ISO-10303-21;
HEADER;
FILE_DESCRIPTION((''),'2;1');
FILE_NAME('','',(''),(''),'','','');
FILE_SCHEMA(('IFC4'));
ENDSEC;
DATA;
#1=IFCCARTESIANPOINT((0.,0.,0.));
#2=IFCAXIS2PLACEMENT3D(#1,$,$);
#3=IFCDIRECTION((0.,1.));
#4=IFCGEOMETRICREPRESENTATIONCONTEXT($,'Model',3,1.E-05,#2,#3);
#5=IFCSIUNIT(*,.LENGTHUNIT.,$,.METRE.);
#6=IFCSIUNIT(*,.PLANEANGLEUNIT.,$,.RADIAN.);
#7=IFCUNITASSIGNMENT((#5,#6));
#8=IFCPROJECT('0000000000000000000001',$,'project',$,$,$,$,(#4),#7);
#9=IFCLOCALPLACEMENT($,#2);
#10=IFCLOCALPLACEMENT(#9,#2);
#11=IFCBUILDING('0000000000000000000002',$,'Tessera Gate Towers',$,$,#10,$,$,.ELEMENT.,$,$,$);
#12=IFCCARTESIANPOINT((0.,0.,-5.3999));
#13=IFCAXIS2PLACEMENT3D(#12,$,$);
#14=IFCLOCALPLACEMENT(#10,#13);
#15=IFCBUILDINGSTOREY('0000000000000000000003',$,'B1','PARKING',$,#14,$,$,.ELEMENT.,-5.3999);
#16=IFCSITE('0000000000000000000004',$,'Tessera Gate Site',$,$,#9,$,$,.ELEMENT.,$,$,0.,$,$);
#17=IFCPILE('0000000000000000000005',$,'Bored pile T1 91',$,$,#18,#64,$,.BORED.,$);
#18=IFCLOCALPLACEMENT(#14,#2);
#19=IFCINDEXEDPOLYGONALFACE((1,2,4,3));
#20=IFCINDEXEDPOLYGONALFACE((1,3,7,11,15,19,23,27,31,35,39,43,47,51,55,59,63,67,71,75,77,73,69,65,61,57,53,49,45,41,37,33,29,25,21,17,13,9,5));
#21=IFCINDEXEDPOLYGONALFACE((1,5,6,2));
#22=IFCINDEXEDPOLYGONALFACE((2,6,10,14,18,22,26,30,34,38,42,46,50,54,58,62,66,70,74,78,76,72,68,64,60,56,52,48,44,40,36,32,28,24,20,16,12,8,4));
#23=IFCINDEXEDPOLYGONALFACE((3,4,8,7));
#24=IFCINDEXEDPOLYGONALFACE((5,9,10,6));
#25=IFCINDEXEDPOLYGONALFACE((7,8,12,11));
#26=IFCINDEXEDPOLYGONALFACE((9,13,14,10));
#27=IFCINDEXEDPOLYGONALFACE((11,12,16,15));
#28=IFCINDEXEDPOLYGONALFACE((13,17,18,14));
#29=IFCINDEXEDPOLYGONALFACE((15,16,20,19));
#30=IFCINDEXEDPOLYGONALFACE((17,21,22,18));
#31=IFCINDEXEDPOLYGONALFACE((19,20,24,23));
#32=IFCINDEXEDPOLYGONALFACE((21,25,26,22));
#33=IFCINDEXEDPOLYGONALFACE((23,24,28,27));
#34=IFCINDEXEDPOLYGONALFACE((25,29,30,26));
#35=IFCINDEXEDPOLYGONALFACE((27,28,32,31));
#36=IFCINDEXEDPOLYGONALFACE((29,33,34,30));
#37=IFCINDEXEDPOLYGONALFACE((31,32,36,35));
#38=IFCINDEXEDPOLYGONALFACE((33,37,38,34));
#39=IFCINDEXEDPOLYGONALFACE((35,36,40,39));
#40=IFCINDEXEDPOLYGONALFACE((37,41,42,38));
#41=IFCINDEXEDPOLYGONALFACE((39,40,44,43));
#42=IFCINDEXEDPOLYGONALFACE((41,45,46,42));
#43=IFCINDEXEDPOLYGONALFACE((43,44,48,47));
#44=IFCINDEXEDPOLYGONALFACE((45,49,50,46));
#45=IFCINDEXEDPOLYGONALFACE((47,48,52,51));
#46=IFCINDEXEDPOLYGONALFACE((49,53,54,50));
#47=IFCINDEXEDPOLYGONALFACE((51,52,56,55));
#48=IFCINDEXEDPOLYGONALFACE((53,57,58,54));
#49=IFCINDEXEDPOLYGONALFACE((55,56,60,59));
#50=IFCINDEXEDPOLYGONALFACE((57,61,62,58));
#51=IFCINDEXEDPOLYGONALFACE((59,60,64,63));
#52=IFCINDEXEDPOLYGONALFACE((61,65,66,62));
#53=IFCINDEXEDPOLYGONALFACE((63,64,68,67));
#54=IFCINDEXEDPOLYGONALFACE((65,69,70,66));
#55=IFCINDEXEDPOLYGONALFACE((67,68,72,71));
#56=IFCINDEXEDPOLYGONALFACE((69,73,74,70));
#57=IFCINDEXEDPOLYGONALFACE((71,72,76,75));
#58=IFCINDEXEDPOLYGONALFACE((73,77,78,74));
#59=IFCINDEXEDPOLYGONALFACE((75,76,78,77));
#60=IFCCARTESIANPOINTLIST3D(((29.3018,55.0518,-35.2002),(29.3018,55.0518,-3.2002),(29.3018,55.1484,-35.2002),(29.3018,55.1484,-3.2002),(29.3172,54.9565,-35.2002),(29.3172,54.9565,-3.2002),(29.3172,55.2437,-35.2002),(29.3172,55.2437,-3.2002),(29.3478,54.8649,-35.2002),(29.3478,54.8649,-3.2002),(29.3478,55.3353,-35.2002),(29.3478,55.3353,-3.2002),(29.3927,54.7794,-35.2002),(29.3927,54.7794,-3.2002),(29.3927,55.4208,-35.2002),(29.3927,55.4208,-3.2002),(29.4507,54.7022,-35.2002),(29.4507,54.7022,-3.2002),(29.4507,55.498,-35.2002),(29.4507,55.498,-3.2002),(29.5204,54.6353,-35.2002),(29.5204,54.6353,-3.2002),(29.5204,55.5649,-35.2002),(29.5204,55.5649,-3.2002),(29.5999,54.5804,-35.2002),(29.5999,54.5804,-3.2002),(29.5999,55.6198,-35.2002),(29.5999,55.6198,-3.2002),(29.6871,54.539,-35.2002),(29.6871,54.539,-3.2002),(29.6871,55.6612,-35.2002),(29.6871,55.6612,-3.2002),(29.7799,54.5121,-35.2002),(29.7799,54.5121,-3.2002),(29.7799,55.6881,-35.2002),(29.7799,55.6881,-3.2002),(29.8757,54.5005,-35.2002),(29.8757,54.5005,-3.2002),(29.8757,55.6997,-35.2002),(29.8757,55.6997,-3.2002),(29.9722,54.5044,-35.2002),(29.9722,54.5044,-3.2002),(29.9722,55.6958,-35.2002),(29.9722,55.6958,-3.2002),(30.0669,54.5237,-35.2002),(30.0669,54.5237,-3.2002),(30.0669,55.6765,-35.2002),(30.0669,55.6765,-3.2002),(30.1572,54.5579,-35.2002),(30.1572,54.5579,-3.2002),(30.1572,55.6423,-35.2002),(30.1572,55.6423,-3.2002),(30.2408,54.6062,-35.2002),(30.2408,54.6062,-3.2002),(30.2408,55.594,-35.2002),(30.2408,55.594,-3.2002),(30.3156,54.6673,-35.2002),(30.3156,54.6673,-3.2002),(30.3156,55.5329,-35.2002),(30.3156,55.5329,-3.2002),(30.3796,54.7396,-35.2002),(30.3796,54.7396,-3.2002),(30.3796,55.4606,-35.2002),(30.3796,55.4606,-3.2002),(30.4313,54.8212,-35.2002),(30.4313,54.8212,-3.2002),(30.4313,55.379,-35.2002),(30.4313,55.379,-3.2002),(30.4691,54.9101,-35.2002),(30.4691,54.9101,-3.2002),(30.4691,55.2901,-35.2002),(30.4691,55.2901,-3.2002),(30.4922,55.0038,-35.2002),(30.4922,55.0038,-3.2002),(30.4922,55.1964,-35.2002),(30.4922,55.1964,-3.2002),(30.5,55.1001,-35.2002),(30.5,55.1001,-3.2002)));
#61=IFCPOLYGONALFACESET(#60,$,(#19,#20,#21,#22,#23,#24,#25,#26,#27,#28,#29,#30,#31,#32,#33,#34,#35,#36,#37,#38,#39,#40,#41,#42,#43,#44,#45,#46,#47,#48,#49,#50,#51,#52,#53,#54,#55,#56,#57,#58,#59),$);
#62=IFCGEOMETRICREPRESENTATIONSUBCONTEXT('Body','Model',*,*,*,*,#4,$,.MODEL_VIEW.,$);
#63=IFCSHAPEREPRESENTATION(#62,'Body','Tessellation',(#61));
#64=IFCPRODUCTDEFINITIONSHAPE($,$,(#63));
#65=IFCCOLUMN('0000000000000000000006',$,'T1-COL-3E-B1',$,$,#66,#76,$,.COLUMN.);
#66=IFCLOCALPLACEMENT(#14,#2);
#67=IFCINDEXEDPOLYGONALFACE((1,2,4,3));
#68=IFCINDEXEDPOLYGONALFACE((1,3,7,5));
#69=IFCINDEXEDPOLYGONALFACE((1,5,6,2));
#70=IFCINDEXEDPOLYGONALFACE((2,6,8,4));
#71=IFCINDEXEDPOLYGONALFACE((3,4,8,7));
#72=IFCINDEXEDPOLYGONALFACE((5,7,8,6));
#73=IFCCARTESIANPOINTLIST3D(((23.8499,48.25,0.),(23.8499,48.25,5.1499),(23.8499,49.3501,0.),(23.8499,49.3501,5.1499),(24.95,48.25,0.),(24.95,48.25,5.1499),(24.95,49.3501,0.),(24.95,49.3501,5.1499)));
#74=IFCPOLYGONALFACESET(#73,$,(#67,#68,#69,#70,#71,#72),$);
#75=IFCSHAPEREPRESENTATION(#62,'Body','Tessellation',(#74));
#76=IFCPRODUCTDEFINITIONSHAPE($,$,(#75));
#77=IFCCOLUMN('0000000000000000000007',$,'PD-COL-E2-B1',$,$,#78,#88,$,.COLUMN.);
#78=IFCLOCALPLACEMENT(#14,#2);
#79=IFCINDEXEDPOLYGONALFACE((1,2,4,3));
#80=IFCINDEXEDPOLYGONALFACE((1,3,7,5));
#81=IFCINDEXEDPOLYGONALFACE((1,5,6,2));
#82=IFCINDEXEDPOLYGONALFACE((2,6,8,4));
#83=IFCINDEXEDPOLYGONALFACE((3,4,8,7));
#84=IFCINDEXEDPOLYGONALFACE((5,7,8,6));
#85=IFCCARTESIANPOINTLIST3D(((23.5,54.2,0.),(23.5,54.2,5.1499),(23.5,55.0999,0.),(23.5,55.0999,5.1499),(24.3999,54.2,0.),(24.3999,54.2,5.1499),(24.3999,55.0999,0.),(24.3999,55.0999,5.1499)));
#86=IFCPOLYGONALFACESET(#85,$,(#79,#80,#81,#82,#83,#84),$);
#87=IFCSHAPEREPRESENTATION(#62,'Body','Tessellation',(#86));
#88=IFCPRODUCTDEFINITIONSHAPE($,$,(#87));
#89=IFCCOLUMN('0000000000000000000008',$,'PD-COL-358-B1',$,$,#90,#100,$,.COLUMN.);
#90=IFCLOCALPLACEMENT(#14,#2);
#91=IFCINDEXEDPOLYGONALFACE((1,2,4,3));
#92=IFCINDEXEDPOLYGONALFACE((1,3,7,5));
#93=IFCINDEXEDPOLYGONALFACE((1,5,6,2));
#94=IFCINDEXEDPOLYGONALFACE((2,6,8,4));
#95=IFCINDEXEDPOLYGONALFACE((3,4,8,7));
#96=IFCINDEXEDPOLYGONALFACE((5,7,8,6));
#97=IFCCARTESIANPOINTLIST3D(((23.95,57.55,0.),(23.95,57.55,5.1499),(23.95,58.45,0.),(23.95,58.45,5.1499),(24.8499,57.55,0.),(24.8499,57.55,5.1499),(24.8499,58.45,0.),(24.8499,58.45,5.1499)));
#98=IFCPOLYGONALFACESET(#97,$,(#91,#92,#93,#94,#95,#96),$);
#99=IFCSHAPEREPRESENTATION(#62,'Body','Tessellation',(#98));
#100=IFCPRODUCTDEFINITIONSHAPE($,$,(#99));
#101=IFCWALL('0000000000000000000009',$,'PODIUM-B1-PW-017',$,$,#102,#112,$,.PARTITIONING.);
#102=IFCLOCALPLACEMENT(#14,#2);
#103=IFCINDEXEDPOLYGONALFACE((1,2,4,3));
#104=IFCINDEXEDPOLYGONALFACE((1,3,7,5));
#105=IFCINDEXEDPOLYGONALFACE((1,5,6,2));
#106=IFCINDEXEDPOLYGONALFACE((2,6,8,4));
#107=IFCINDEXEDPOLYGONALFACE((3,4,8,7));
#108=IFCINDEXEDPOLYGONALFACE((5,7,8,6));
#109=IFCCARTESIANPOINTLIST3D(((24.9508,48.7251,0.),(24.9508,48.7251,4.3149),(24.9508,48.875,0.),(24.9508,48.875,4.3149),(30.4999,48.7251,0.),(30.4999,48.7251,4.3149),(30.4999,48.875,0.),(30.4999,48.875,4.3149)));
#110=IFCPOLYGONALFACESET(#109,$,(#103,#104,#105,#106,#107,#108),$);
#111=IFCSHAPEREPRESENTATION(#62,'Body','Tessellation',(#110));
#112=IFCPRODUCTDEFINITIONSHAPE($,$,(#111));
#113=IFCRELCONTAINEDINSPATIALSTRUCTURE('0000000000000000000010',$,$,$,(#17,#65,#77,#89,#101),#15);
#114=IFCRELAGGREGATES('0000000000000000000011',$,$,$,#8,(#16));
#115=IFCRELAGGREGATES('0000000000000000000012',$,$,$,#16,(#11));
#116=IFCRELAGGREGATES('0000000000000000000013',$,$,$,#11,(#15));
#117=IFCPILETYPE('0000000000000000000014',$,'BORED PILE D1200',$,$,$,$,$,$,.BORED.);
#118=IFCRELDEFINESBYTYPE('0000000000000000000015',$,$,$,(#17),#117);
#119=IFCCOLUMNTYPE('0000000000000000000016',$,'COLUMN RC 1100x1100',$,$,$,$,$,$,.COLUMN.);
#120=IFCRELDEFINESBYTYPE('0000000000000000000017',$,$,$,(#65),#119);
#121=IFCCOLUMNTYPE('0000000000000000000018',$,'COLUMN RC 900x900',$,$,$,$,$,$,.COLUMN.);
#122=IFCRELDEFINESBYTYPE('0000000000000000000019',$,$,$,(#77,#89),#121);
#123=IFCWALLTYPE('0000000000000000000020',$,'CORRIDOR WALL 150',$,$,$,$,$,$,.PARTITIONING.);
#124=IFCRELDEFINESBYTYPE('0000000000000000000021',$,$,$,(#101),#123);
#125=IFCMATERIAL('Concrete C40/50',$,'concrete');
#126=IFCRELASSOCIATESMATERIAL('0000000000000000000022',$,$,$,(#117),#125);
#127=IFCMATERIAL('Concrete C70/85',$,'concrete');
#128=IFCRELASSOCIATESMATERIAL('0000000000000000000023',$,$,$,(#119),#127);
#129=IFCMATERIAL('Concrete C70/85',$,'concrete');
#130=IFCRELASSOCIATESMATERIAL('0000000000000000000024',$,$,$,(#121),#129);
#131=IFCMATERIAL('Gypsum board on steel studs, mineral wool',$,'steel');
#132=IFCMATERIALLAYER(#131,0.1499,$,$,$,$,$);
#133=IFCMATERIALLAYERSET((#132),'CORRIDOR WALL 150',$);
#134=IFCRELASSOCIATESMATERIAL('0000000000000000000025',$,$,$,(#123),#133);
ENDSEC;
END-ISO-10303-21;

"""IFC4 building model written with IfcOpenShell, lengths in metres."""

from ifc_helpers import new_model, si_unit, direction, frame, frame_2d, origin, origin_2d, place, context, subcontext, project, spatial, rectangle, circle, extrude, material, layer, layer_set, material_profile, profile_set, type_object, element, save


model = new_model("IFC4")

# Units and contexts
model_context = context("Model", 3, precision=1e-05, world=origin(), true_north=direction((0.0, 1.0)))
body_context = subcontext(model_context, "Body", "Model", "MODEL_VIEW")
ifc_project = project(units=[si_unit("LENGTHUNIT", "METRE"), si_unit("PLANEANGLEUNIT", "RADIAN")], contexts=[model_context])

# Site, building, storey
site_placement = place(None, origin())
site = spatial("IfcSite", under=ifc_project, at=site_placement, Name="Tessera Gate Site", CompositionType="ELEMENT", RefElevation=0.0)
building_placement = place(site_placement, origin())
building = spatial("IfcBuilding", under=site, at=building_placement, Name="Tessera Gate Towers", CompositionType="ELEMENT")
storey_placement = place(building_placement, frame((0.0, 0.0, -5.3999)))
storey = spatial("IfcBuildingStorey", under=building, at=storey_placement, Name="B1", Description="PARKING", CompositionType="ELEMENT", Elevation=-5.3999)

# Pile
ifc_material_1 = material(Name="Concrete C40/50", Category="concrete")
ifc_material_profile_1 = material_profile(ifc_material_1, circle(Radius=0.6001, at=origin_2d()), Name="BORED PILE D1200")
ifc_profile_set_1 = profile_set([ifc_material_profile_1], Name="Concrete C40/50")
pile_type = type_object("IfcPileType", Name="BORED PILE D1200", PredefinedType="BORED", material=ifc_profile_set_1)
for number, where, z_axis, x_axis, name in (
    (1, (29.8999, 55.1001, -3.2002), (0.0, 0.0, -1.0), (1.0, 0.0, 0.0), "Bored pile T1 91"),
):
    element("IfcPile", number, at=place(storey_placement, frame(where, z_axis=z_axis, x_axis=x_axis)), inside=storey, type_object=pile_type, Name=name, PredefinedType="BORED", context=body_context, shape_type="SweptSolid", body=[
        extrude(circle(Radius=0.6001, at=origin_2d()), origin(), (0.0, 0.0, 1.0), 32.0),
    ])

# Columns
ifc_material_2 = material(Name="Concrete C70/85", Category="concrete")
ifc_material_profile_2 = material_profile(ifc_material_2, rectangle(XDim=1.1001, YDim=1.1001, at=origin_2d()), Name="RC 1100x1100")
ifc_profile_set_2 = profile_set([ifc_material_profile_2], Name="Concrete C70/85")
column_type_1 = type_object("IfcColumnType", Name="COLUMN RC 1100x1100", PredefinedType="COLUMN", material=ifc_profile_set_2)
column_placement = place(storey_placement, frame((24.3999, 48.8, 0.0), z_axis=(0.0, 0.0, 1.0), x_axis=(1.0, 0.0, 0.0)))
element("IfcColumn", 2, at=column_placement, inside=storey, type_object=column_type_1, Name="T1-COL-3E-B1", PredefinedType="COLUMN", context=body_context, shape_type="SweptSolid", body=[
    extrude(rectangle(XDim=1.1001, YDim=1.1001, at=origin_2d()), origin(), (0.0, 0.0, 1.0), 5.1499),
])
ifc_material_3 = material(Name="Concrete C70/85", Category="concrete")
ifc_material_profile_3 = material_profile(ifc_material_3, rectangle(XDim=0.8999, YDim=0.8999, at=origin_2d()), Name="RC 900x900")
ifc_profile_set_3 = profile_set([ifc_material_profile_3], Name="Concrete C70/85")
column_type_2 = type_object("IfcColumnType", Name="COLUMN RC 900x900", PredefinedType="COLUMN", material=ifc_profile_set_3)
for number, where, z_axis, x_axis, name in (
    (3, (23.95, 54.6499, 0.0), (0.0, 0.0, 1.0), (1.0, 0.0, 0.0), "PD-COL-E2-B1"),
    (4, (24.3999, 58.0, 0.0), (0.0, 0.0, 1.0), (1.0, 0.0, 0.0), "PD-COL-358-B1"),
):
    element("IfcColumn", number, at=place(storey_placement, frame(where, z_axis=z_axis, x_axis=x_axis)), inside=storey, type_object=column_type_2, Name=name, PredefinedType="COLUMN", context=body_context, shape_type="SweptSolid", body=[
        extrude(rectangle(XDim=0.8999, YDim=0.8999, at=origin_2d()), origin(), (0.0, 0.0, 1.0), 5.1499),
    ])

# Wall
ifc_material_4 = material(Name="Gypsum board on steel studs, mineral wool", Category="steel")
ifc_layer_1 = layer(ifc_material_4, 0.1499)
ifc_layer_set_1 = layer_set([ifc_layer_1], Name="CORRIDOR WALL 150")
wall_type_1 = type_object("IfcWallType", Name="CORRIDOR WALL 150", PredefinedType="PARTITIONING", material=ifc_layer_set_1)
wall_1_placement = place(storey_placement, frame((24.9509, 48.8, 0.0), z_axis=(0.0, 0.0, 1.0), x_axis=(1.0, 0.0, 0.0)))
element("IfcWall", 5, at=wall_1_placement, inside=storey, type_object=wall_type_1, Name="PODIUM-B1-PW-017", PredefinedType="PARTITIONING", context=body_context, shape_type="SweptSolid", body=[
    extrude(rectangle(XDim=5.5491, YDim=0.1499, at=frame_2d((2.7744, 0.0))), origin(), (0.0, 0.0, 1.0), 4.3149),
])

save(model, "model.ifc")
